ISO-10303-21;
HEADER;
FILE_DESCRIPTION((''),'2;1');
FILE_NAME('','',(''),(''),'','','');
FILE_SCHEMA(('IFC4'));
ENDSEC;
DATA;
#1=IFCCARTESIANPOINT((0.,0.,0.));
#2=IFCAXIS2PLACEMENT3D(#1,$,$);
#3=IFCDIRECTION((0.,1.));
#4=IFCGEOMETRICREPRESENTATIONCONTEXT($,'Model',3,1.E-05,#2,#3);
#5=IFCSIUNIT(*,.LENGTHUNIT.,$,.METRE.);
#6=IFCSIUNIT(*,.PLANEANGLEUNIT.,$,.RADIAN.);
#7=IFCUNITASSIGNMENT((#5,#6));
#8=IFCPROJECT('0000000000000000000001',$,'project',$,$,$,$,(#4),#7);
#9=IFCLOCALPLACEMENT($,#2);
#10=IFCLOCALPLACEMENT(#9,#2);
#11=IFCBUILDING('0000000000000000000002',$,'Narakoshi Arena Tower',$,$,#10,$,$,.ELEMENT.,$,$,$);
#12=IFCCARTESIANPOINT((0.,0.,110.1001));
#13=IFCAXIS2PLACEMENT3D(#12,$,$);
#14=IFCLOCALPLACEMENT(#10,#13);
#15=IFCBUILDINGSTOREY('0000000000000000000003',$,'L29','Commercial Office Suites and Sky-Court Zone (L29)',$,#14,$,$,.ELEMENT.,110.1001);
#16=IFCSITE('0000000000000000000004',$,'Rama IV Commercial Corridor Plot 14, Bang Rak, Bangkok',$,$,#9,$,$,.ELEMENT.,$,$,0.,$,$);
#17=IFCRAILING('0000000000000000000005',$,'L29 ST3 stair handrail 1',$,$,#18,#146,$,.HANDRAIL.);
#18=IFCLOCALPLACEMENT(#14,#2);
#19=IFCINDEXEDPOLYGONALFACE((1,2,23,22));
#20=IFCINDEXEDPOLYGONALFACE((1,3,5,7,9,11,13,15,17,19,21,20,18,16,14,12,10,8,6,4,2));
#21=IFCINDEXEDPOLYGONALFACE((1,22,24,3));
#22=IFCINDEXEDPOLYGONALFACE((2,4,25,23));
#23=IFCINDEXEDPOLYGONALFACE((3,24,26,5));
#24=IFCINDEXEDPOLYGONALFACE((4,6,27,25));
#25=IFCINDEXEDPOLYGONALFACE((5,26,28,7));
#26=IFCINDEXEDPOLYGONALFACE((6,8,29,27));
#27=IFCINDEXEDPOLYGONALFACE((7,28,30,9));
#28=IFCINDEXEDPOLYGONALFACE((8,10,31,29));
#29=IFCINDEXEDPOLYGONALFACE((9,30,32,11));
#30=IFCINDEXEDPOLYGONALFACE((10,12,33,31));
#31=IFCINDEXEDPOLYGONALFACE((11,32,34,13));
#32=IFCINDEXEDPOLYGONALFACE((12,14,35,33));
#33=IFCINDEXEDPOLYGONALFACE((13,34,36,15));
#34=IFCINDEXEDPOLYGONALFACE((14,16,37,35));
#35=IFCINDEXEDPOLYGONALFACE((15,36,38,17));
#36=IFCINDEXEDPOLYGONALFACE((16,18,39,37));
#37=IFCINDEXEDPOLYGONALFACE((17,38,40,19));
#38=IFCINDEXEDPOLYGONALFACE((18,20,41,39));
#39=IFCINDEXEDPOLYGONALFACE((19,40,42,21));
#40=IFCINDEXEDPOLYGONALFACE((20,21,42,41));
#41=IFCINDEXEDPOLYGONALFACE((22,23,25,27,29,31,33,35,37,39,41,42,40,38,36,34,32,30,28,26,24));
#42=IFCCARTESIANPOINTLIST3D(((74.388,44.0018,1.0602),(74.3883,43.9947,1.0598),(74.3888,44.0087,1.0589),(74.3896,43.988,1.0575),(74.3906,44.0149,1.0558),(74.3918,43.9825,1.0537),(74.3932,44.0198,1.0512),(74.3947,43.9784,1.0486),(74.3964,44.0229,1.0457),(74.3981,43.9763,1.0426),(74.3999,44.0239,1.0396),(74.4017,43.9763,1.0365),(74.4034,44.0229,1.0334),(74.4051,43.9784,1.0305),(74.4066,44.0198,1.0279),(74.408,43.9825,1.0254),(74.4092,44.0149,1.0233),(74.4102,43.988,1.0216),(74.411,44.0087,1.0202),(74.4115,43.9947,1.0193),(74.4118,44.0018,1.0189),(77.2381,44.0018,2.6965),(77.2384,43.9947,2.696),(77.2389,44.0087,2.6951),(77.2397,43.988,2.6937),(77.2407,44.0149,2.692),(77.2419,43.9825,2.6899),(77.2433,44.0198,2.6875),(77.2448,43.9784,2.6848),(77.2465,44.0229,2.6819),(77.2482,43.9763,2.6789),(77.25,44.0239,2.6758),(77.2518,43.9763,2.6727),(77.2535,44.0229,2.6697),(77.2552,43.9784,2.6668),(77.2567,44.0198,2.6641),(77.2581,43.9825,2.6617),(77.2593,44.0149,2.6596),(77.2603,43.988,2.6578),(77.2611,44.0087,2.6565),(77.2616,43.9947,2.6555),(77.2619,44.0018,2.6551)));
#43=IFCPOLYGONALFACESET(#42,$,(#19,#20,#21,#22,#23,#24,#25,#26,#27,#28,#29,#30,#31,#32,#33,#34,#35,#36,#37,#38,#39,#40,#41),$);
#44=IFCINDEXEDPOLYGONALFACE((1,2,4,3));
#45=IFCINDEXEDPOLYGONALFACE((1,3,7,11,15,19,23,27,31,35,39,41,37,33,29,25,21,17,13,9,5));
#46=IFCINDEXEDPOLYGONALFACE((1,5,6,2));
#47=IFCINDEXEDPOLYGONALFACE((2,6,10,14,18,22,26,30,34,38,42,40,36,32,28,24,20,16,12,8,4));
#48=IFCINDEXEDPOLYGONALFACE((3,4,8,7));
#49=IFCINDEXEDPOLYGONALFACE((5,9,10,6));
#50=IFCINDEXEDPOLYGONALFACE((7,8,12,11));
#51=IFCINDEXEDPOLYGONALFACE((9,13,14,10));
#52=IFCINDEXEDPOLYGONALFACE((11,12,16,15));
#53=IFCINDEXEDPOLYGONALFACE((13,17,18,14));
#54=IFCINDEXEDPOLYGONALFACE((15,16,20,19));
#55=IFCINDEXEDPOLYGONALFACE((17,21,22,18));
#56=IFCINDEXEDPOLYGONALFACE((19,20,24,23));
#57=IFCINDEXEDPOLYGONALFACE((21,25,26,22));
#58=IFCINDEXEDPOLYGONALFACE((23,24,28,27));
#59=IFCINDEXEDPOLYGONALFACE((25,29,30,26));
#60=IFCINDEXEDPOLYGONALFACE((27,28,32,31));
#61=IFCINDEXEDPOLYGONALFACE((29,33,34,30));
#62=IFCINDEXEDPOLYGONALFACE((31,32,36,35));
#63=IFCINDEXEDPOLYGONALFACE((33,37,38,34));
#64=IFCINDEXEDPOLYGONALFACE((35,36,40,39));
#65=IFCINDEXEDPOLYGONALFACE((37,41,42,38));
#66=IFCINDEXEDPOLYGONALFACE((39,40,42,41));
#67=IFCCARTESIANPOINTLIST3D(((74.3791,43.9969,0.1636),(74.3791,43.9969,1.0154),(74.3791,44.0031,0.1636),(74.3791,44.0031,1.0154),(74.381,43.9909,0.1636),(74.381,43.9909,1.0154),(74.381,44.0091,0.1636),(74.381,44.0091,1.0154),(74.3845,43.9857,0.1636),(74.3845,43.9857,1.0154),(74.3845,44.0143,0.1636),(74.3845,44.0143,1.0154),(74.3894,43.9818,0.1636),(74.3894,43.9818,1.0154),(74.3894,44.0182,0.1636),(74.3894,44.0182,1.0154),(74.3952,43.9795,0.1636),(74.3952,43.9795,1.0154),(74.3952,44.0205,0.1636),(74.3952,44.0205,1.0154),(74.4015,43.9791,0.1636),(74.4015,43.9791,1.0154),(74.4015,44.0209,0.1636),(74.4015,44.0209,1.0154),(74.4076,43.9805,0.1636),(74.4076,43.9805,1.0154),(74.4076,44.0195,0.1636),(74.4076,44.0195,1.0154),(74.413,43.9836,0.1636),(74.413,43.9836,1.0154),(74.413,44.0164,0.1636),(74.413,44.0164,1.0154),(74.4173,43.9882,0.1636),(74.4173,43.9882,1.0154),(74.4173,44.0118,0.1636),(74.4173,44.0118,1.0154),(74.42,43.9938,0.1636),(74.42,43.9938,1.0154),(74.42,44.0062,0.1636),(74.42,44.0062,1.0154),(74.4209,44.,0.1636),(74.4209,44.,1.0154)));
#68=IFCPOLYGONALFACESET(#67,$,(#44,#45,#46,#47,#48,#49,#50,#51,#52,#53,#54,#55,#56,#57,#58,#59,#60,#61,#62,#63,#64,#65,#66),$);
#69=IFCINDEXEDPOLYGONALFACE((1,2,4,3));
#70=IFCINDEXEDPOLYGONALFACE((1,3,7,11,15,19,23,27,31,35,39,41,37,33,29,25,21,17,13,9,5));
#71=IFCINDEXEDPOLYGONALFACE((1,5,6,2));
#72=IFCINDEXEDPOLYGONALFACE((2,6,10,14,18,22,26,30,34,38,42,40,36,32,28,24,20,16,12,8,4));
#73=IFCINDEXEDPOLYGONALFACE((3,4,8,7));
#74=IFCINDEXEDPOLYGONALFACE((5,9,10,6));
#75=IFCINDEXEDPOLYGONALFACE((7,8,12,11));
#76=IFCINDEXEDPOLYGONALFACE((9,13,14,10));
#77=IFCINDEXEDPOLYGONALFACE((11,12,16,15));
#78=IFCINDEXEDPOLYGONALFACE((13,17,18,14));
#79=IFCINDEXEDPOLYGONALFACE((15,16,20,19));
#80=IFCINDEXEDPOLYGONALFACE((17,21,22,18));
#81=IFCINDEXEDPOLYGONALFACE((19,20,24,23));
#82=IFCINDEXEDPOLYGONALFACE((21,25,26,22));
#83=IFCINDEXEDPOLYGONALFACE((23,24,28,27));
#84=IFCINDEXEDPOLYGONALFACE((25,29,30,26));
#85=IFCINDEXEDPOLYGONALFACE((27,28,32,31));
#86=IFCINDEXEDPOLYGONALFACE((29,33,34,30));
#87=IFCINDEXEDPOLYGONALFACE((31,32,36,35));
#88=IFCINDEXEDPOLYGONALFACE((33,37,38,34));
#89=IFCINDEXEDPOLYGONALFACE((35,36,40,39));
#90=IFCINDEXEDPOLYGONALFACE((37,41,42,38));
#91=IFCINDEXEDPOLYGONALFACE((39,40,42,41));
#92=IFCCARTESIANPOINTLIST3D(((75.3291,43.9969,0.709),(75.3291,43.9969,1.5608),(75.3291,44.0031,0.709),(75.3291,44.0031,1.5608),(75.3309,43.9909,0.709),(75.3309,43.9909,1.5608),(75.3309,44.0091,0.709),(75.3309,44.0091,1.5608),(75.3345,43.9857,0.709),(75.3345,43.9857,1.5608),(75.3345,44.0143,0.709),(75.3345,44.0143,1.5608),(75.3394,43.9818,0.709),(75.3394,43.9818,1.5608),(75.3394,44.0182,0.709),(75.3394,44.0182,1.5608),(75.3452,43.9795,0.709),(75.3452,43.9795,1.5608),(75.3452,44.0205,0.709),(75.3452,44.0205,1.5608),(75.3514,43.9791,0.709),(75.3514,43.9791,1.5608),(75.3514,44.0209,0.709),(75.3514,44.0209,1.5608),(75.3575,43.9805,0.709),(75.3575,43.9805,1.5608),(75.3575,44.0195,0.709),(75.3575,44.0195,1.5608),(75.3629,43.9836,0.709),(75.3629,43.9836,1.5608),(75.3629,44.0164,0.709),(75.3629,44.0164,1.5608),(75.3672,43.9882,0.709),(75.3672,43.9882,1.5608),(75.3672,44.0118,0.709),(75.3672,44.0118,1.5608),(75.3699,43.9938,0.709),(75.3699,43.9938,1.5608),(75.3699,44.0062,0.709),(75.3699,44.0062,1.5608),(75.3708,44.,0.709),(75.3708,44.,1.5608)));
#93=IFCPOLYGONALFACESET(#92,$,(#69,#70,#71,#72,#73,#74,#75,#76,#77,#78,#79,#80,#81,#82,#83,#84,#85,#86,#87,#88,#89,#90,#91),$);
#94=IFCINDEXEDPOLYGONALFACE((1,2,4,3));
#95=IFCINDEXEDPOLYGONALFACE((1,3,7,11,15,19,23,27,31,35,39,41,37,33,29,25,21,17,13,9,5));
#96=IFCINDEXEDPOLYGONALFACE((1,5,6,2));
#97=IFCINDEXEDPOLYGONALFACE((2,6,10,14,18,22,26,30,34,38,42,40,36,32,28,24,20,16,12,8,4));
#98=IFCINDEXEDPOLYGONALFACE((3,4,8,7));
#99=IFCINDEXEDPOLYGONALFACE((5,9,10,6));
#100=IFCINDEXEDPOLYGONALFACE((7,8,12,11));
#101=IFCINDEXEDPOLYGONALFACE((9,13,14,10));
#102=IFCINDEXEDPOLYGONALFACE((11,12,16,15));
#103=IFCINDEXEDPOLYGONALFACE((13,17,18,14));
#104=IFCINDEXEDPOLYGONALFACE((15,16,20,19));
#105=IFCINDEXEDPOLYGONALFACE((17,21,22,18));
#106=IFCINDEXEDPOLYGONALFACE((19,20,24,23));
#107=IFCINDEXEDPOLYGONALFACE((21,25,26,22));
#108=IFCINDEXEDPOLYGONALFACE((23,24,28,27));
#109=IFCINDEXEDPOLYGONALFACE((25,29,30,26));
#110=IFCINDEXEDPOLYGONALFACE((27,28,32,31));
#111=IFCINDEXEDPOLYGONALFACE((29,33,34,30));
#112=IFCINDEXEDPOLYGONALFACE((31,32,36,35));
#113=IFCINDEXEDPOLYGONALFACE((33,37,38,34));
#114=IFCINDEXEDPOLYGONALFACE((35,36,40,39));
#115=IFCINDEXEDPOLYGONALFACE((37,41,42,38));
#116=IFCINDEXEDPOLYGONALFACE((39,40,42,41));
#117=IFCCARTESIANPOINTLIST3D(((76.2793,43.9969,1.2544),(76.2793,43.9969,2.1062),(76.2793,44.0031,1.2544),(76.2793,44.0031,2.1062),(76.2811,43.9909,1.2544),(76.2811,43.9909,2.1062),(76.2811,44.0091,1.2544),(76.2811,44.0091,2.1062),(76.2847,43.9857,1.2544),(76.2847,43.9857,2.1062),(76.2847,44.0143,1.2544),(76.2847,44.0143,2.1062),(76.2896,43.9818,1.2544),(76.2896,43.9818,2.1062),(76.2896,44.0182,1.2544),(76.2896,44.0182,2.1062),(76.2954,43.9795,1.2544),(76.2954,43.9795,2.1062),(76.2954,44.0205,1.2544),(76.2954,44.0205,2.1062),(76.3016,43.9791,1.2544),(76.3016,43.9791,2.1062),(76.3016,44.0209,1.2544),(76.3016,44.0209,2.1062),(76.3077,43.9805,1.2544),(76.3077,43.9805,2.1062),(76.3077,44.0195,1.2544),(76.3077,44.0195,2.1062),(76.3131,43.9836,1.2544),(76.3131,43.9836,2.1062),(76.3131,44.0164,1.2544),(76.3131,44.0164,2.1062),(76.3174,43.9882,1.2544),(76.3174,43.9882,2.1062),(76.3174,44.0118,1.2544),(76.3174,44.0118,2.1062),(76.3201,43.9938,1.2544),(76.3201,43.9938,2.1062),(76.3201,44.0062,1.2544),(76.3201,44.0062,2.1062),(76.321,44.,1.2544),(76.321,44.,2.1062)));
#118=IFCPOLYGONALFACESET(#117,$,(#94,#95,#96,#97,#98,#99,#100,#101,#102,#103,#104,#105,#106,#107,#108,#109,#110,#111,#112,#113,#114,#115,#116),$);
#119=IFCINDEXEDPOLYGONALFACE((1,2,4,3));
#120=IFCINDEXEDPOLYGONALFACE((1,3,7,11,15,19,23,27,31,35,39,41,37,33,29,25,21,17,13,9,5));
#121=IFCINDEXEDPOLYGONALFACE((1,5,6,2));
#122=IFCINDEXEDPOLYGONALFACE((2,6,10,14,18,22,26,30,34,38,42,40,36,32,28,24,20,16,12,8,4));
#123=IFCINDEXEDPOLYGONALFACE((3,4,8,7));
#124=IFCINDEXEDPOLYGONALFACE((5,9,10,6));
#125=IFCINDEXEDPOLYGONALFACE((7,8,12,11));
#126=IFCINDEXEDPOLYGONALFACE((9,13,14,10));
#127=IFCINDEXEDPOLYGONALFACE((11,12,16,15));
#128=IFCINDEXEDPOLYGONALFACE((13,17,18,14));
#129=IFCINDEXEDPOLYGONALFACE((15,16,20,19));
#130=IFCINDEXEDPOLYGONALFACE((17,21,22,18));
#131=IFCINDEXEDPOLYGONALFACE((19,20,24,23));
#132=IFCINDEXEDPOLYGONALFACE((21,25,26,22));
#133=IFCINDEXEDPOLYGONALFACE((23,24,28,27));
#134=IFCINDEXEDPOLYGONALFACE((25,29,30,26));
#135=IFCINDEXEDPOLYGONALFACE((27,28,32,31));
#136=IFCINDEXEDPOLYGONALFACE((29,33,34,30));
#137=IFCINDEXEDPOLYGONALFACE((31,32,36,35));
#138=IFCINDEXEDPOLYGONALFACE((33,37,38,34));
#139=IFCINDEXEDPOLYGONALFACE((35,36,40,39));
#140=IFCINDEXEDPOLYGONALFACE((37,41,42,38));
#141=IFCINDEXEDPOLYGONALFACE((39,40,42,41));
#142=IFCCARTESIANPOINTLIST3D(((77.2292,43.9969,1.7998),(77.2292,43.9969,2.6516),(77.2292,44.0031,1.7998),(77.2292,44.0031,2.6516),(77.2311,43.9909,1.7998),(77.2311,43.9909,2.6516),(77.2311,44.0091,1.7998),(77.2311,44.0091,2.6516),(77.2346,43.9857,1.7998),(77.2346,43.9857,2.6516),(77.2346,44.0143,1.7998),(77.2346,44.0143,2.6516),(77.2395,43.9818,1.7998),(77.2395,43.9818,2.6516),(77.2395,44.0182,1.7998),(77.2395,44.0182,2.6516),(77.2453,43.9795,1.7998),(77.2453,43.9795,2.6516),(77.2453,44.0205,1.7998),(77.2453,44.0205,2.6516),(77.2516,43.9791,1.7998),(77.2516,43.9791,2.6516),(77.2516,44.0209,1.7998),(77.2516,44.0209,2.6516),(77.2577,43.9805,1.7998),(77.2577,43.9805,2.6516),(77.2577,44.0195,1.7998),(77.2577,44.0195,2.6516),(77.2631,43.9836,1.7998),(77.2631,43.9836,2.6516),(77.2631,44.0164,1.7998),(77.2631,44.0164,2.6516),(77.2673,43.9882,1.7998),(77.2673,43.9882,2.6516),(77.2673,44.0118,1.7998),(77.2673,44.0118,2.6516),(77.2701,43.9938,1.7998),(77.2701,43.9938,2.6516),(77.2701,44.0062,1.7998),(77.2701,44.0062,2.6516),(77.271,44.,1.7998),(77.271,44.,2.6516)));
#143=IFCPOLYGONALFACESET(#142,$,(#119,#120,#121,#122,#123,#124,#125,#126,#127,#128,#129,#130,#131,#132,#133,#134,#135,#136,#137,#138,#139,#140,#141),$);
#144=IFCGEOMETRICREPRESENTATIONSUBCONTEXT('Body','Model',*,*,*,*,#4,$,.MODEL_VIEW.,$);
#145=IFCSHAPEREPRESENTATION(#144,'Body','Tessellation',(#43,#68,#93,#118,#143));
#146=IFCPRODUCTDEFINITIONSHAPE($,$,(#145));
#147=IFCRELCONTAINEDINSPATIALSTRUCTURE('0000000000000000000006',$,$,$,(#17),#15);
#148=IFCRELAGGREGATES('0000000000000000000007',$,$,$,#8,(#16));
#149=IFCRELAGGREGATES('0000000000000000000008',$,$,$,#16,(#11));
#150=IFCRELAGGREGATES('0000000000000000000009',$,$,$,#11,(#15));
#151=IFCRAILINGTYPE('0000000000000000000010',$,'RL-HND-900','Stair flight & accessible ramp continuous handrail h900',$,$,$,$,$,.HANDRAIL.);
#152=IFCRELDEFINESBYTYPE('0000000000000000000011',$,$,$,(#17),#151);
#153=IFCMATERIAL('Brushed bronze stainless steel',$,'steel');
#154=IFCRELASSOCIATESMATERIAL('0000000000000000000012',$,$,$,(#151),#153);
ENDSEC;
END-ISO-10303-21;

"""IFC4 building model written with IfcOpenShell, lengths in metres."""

from ifc_helpers import new_model, si_unit, direction, frame, origin, origin_2d, place, context, subcontext, project, spatial, circle, extrude, material, type_object, element, save


model = new_model("IFC4")

# Units and contexts
model_context = context("Model", 3, precision=1e-05, world=origin(), true_north=direction((0.0, 1.0)))
body_context = subcontext(model_context, "Body", "Model", "MODEL_VIEW")
ifc_project = project(units=[si_unit("LENGTHUNIT", "METRE"), si_unit("PLANEANGLEUNIT", "RADIAN")], contexts=[model_context])

# Site, building, storey
site_placement = place(None, origin())
site = spatial("IfcSite", under=ifc_project, at=site_placement, Name="Rama IV Commercial Corridor Plot 14, Bang Rak, Bangkok", CompositionType="ELEMENT", RefElevation=0.0)
building_placement = place(site_placement, origin())
building = spatial("IfcBuilding", under=site, at=building_placement, Name="Narakoshi Arena Tower", CompositionType="ELEMENT")
storey_placement = place(building_placement, frame((0.0, 0.0, 110.1001)))
storey = spatial("IfcBuildingStorey", under=building, at=storey_placement, Name="L29", Description="Commercial Office Suites and Sky-Court Zone (L29)", CompositionType="ELEMENT", Elevation=110.1001)

# Shared definitions
ifc_material_1 = material(Name="Brushed bronze stainless steel", Category="steel")

# Railing
railing_type_1 = type_object("IfcRailingType", Name="RL-HND-900", Description="Stair flight & accessible ramp continuous handrail h900", PredefinedType="HANDRAIL", material=ifc_material_1)
for number, where, name in (
    (1, (74.3999, 44.0, 0.1636), "L29 ST3 stair handrail 1"),
):
    element("IfcRailing", number, at=place(storey_placement, frame(where)), inside=storey, type_object=railing_type_1, Name=name, PredefinedType="HANDRAIL", context=body_context, shape_type="SweptSolid", body=[
        extrude(circle(Radius=0.0239, at=origin_2d()), frame((0.0, 0.0, 0.876), z_axis=(0.867245, 0.0, 0.497882), x_axis=(0.0, 1.0, 0.0)), (0.0, 0.0, 1.0), 3.2864),
        extrude(circle(Radius=0.021, at=origin_2d()), origin(), (0.0, 0.0, 1.0), 0.8518),
        extrude(circle(Radius=0.021, at=origin_2d()), frame((0.95, 0.0, 0.5454)), (0.0, 0.0, 1.0), 0.8518),
        extrude(circle(Radius=0.021, at=origin_2d()), frame((1.9001, 0.0, 1.0908)), (0.0, 0.0, 1.0), 0.8518),
        extrude(circle(Radius=0.021, at=origin_2d()), frame((2.8501, 0.0, 1.6362)), (0.0, 0.0, 1.0), 0.8518),
    ])

save(model, "model.ifc")
